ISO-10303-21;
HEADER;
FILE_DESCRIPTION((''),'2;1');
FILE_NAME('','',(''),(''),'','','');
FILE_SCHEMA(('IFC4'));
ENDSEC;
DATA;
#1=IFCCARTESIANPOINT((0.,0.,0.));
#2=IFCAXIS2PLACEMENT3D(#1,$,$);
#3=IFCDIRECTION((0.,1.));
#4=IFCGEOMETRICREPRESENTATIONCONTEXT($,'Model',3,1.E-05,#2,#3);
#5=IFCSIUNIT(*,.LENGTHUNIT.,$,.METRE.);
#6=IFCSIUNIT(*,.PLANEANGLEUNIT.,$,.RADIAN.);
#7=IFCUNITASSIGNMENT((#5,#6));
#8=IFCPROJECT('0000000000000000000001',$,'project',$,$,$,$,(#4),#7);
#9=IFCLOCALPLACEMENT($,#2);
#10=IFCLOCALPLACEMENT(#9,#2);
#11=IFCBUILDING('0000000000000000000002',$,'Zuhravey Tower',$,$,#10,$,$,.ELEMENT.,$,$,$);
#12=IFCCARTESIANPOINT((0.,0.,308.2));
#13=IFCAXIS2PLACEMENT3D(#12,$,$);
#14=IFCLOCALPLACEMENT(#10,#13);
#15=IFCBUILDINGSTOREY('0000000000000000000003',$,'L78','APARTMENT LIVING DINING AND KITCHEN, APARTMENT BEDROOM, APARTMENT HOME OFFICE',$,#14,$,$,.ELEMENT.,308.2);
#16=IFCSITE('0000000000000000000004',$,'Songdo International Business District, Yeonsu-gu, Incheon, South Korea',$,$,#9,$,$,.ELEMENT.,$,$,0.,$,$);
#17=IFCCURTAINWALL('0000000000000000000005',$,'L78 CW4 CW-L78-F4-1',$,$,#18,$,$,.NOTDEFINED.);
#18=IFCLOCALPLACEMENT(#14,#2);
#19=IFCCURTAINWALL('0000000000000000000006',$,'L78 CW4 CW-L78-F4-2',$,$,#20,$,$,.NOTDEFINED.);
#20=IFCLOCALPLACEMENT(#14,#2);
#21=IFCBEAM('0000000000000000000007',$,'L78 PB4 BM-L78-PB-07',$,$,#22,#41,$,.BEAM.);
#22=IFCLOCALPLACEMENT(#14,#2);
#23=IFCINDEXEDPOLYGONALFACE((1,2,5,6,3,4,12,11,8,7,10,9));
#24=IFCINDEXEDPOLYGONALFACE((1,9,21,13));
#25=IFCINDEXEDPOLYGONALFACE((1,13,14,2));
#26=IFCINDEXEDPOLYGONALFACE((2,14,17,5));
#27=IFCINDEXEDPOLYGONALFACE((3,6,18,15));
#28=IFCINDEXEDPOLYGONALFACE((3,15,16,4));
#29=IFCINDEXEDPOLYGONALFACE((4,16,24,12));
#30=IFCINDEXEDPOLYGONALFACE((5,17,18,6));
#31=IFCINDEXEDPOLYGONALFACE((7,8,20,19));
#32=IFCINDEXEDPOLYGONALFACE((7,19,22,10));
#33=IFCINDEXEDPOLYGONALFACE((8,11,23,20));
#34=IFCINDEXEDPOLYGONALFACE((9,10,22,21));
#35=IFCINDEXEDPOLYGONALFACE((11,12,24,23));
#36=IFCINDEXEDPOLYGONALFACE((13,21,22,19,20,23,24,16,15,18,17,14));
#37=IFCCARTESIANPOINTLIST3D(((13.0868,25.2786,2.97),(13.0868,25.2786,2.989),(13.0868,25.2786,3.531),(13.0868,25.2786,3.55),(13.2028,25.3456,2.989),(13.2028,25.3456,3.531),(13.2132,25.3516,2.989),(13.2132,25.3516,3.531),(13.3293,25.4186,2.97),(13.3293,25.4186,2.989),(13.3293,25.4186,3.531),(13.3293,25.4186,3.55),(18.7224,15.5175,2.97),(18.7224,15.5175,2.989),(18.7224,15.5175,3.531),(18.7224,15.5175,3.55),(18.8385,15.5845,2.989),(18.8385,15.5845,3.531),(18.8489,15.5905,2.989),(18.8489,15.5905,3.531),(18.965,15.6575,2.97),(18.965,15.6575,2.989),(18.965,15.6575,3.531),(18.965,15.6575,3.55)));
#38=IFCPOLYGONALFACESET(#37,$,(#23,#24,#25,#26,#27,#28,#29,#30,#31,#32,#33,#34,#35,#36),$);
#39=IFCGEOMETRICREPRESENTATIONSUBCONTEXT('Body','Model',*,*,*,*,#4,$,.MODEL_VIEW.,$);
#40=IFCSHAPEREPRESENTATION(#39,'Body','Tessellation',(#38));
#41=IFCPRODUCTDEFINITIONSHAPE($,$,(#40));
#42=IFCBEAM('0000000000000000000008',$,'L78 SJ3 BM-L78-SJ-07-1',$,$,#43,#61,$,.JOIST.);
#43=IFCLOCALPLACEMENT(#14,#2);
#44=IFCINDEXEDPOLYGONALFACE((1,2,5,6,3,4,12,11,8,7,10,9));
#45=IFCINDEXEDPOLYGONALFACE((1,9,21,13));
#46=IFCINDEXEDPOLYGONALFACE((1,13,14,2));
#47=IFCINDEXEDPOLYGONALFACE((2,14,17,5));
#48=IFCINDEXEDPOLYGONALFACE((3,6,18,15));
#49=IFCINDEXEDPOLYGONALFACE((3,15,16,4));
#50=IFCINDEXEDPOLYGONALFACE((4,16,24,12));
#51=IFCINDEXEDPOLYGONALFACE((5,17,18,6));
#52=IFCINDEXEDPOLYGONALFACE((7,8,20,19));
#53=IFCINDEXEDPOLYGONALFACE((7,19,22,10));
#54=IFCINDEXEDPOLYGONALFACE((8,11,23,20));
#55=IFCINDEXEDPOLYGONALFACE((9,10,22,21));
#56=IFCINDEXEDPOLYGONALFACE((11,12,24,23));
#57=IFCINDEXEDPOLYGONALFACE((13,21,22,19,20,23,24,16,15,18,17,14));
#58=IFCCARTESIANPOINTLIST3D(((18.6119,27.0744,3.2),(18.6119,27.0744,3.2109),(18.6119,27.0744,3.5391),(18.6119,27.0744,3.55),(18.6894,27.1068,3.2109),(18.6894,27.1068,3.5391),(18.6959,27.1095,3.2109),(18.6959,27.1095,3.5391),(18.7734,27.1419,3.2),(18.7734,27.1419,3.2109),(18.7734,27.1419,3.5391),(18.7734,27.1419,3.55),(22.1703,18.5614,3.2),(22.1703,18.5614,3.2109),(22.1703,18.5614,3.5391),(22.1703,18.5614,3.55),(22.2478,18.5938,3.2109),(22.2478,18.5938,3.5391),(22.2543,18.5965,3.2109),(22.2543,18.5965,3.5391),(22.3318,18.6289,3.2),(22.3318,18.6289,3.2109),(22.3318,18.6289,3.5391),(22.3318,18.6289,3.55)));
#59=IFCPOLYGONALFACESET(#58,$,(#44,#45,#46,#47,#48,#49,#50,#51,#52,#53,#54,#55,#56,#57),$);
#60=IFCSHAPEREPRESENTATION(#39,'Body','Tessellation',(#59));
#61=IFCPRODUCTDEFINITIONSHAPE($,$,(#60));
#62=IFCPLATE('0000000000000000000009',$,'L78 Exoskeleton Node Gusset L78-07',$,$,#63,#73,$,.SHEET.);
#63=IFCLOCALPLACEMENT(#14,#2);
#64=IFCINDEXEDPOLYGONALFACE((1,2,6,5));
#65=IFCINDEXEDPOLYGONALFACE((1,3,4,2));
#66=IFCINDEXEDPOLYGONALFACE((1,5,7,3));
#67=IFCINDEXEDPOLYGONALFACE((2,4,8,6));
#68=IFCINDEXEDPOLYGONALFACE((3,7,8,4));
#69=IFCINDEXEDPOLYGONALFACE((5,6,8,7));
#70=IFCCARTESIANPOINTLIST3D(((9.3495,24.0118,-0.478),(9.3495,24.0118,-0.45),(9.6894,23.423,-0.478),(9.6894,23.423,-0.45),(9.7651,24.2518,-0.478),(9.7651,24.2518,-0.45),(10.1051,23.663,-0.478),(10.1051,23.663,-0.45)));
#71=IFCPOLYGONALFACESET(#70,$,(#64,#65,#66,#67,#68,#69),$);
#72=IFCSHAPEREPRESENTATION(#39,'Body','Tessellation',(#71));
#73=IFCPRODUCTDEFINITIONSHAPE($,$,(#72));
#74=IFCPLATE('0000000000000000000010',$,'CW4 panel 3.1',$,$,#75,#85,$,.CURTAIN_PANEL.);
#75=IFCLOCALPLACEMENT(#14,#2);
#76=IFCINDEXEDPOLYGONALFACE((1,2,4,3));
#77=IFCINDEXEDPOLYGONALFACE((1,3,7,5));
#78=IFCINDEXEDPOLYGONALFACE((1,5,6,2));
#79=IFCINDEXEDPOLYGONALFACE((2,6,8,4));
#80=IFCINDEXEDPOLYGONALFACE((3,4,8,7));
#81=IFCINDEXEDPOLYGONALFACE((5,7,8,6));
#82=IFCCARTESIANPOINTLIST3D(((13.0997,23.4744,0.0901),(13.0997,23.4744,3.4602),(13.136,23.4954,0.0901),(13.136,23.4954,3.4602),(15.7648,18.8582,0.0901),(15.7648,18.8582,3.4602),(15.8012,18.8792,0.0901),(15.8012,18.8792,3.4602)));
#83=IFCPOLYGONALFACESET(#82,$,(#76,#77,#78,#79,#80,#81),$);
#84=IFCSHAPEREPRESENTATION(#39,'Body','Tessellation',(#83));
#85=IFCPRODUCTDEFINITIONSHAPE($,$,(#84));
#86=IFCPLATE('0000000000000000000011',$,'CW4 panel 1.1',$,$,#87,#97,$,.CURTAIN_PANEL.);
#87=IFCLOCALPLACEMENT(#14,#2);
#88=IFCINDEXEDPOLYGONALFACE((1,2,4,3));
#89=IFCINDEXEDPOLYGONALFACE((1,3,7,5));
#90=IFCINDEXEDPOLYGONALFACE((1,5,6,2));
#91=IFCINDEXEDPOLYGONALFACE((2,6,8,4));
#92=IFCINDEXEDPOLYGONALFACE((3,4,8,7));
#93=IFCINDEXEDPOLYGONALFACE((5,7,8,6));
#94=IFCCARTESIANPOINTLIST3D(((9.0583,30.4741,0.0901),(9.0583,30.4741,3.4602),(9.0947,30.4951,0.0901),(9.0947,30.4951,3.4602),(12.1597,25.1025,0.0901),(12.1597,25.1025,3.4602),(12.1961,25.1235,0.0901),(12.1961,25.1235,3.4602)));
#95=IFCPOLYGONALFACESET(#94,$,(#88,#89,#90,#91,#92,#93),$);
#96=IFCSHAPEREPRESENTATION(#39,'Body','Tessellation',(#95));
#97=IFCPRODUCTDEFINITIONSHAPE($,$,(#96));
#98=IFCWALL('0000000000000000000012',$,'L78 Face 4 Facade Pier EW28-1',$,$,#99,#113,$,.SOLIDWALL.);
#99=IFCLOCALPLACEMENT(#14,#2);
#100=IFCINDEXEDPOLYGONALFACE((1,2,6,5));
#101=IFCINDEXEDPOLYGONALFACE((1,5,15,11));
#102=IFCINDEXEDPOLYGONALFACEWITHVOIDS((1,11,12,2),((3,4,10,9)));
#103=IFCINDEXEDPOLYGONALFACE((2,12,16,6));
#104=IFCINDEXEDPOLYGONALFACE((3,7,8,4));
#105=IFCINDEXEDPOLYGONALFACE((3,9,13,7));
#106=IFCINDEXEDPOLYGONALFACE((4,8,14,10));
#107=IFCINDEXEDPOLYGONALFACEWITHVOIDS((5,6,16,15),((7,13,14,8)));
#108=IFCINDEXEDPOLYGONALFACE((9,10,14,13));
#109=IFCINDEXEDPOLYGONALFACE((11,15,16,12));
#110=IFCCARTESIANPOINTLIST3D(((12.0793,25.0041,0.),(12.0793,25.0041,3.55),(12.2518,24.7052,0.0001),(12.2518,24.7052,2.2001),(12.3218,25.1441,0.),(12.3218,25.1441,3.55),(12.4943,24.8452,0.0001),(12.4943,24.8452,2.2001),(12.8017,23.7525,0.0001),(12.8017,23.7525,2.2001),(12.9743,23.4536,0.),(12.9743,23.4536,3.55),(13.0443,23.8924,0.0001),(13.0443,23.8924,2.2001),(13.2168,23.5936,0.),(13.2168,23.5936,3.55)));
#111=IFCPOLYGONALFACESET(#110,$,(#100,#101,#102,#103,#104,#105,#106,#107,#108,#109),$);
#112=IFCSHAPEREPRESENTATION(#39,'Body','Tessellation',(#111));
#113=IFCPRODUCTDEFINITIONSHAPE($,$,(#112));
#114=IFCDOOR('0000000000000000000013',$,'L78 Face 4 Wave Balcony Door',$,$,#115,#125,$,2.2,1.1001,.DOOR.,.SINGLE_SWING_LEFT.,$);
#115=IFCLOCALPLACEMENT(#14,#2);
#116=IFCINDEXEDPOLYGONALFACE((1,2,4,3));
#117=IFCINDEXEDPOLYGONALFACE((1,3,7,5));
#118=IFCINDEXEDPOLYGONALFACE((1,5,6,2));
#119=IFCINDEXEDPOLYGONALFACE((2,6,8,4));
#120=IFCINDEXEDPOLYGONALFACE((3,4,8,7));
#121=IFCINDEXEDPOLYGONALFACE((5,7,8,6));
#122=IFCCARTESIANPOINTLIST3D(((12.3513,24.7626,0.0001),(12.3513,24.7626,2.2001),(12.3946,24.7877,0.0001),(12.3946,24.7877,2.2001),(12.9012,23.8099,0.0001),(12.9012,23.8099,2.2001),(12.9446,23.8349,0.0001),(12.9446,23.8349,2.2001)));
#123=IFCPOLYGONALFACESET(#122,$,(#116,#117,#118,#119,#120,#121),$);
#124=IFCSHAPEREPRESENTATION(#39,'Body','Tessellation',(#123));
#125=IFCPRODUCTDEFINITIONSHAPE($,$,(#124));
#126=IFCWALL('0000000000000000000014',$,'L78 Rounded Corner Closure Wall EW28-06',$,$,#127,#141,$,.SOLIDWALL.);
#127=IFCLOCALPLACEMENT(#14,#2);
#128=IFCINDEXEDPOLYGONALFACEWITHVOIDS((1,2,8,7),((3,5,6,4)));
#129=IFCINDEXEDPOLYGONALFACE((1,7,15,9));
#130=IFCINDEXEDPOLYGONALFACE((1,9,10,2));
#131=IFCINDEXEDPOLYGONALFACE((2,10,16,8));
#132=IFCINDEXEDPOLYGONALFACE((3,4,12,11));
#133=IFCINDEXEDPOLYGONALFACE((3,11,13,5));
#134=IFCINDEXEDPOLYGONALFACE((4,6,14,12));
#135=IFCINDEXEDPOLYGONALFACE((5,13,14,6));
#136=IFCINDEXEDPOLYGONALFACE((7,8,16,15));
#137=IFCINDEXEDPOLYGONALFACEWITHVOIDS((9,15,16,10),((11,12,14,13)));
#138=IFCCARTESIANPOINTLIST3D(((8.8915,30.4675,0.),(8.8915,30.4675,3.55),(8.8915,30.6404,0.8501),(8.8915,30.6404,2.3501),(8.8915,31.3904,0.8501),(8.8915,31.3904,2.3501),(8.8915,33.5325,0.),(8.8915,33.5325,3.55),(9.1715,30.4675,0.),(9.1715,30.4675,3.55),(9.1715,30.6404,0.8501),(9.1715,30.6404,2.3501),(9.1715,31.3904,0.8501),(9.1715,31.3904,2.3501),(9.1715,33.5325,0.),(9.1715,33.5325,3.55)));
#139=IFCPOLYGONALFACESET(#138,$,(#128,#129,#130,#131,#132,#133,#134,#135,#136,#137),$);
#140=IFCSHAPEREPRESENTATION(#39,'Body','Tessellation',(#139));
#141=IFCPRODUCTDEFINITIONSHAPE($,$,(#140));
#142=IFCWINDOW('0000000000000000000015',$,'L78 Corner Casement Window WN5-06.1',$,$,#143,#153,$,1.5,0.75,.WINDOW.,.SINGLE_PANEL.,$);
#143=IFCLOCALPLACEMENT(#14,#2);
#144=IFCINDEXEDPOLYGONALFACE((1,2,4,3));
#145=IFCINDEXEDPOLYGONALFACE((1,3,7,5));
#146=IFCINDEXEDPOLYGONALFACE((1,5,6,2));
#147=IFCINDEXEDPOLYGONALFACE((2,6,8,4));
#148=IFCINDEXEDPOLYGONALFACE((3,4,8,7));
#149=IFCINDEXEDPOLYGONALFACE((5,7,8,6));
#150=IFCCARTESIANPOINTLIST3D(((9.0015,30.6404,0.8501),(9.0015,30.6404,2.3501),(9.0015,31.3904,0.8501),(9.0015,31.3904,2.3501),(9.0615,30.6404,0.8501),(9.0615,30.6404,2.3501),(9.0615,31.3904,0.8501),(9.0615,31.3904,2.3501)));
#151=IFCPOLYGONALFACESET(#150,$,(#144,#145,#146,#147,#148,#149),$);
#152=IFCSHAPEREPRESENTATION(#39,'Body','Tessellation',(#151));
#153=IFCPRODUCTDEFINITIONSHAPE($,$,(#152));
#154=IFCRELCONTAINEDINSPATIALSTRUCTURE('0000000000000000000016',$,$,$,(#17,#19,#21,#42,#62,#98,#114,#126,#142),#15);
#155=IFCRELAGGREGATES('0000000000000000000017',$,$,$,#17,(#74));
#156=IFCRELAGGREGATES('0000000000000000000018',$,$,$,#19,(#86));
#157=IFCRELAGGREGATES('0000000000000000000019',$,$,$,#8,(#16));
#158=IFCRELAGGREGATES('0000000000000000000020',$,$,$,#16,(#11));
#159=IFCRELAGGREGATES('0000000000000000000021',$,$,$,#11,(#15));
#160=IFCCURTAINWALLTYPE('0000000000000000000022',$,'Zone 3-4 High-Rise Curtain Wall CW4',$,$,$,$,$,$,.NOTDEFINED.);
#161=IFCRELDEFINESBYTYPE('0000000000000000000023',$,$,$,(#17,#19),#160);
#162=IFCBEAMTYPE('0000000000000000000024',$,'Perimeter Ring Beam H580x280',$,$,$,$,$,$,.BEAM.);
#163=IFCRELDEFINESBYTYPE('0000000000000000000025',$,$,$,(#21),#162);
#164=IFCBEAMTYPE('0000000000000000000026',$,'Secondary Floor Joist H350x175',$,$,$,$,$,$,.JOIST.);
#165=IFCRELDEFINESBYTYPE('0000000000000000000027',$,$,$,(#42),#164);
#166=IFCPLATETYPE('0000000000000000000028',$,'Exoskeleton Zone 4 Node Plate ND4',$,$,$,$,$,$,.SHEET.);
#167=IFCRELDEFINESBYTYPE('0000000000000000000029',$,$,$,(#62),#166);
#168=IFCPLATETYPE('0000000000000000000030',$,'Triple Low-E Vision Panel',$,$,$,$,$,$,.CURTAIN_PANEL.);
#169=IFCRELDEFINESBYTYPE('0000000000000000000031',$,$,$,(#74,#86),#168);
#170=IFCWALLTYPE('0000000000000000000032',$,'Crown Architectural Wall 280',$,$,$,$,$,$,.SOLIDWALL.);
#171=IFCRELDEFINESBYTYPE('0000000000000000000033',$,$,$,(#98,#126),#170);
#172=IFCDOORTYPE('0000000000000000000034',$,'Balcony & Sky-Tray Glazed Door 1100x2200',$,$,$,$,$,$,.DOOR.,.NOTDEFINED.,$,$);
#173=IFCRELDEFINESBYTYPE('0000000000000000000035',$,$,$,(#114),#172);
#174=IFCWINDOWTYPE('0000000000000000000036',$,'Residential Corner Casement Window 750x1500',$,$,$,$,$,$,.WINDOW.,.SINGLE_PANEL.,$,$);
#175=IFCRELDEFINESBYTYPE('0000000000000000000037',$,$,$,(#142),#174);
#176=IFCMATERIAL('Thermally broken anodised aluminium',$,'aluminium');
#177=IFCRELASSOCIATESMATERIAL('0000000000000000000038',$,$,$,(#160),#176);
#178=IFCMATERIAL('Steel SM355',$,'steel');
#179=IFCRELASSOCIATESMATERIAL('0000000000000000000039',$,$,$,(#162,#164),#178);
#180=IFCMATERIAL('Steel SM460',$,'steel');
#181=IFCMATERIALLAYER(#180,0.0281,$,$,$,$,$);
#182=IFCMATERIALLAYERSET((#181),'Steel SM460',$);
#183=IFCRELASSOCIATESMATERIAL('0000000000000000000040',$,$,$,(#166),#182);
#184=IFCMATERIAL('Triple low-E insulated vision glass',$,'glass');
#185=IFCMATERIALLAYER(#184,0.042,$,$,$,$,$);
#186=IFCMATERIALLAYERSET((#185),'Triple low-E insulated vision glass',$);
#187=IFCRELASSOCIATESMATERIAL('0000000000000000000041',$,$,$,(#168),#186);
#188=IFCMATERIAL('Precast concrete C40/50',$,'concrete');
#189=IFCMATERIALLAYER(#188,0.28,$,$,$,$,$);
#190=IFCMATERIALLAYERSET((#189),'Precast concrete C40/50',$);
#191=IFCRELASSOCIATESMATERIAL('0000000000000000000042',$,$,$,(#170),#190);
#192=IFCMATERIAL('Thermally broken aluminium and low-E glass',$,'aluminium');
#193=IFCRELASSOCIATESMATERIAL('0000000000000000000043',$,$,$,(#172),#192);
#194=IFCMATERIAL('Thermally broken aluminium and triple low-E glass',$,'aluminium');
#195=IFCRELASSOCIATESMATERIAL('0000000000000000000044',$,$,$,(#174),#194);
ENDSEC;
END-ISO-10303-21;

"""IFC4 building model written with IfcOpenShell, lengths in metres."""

from ifc_helpers import new_model, si_unit, direction, frame, frame_2d, origin, origin_2d, place, context, subcontext, project, spatial, rectangle, i_section, extrude, material, layer, layer_set, material_profile, profile_set, type_object, element, fill, aggregate, save


model = new_model("IFC4")

# Units and contexts
model_context = context("Model", 3, precision=1e-05, world=origin(), true_north=direction((0.0, 1.0)))
body_context = subcontext(model_context, "Body", "Model", "MODEL_VIEW")
ifc_project = project(units=[si_unit("LENGTHUNIT", "METRE"), si_unit("PLANEANGLEUNIT", "RADIAN")], contexts=[model_context])

# Site, building, storey
site_placement = place(None, origin())
site = spatial("IfcSite", under=ifc_project, at=site_placement, Name="Songdo International Business District, Yeonsu-gu, Incheon, South Korea", CompositionType="ELEMENT", RefElevation=0.0)
building_placement = place(site_placement, origin())
building = spatial("IfcBuilding", under=site, at=building_placement, Name="Zuhravey Tower", CompositionType="ELEMENT")
storey_placement = place(building_placement, frame((0.0, 0.0, 308.2)))
storey = spatial("IfcBuildingStorey", under=building, at=storey_placement, Name="L78", Description="APARTMENT LIVING DINING AND KITCHEN, APARTMENT BEDROOM, APARTMENT HOME OFFICE", CompositionType="ELEMENT", Elevation=308.2)

# Curtain wall
ifc_material_1 = material(Name="Thermally broken anodised aluminium", Category="aluminium")
curtain_wall_type = type_object("IfcCurtainWallType", Name="Zone 3-4 High-Rise Curtain Wall CW4", PredefinedType="NOTDEFINED", material=ifc_material_1)
curtain_wall_1_placement = place(storey_placement, origin())
curtain_wall_1 = element("IfcCurtainWall", 1, at=curtain_wall_1_placement, inside=storey, type_object=curtain_wall_type, Name="L78 CW4 CW-L78-F4-1", PredefinedType="NOTDEFINED")

# Curtain wall
curtain_wall_2_placement = place(storey_placement, origin())
curtain_wall_2 = element("IfcCurtainWall", 2, at=curtain_wall_2_placement, inside=storey, type_object=curtain_wall_type, Name="L78 CW4 CW-L78-F4-2", PredefinedType="NOTDEFINED")

# Shared definitions
ifc_material_2 = material(Name="Steel SM355", Category="steel")

# Beams
ifc_material_profile_1 = material_profile(ifc_material_2, i_section(OverallWidth=0.28, OverallDepth=0.5801, WebThickness=0.012, FlangeThickness=0.019, at=origin_2d()), Name="H-580x280x12x19")
ifc_profile_set_1 = profile_set([ifc_material_profile_1], Name="Steel SM355")
beam_type_1 = type_object("IfcBeamType", Name="Perimeter Ring Beam H580x280", PredefinedType="BEAM", material=ifc_profile_set_1)
beam_1_placement = place(storey_placement, frame((13.208, 25.3486, 3.26), z_axis=(0.500006, -0.866022, 0.0), x_axis=(0.866022, 0.500006, 0.0)))
element("IfcBeam", 3, at=beam_1_placement, inside=storey, type_object=beam_type_1, Name="L78 PB4 BM-L78-PB-07", PredefinedType="BEAM", context=body_context, shape_type="SweptSolid", body=[
    extrude(i_section(OverallWidth=0.28, OverallDepth=0.5801, WebThickness=0.012, FlangeThickness=0.019, at=origin_2d()), origin(), (0.0, 0.0, 1.0), 11.2712),
])
ifc_material_profile_2 = material_profile(ifc_material_2, i_section(OverallWidth=0.175, OverallDepth=0.3501, WebThickness=0.0071, FlangeThickness=0.011, at=origin_2d()), Name="H-350x175x7x11")
ifc_profile_set_2 = profile_set([ifc_material_profile_2], Name="Steel SM355")
beam_type_2 = type_object("IfcBeamType", Name="Secondary Floor Joist H350x175", PredefinedType="JOIST", material=ifc_profile_set_2)
beam_2_placement = place(storey_placement, frame((18.6926, 27.1082, 3.375), z_axis=(0.385658, -0.922642, 0.0), x_axis=(0.922642, 0.385658, 0.0)))
element("IfcBeam", 4, at=beam_2_placement, inside=storey, type_object=beam_type_2, Name="L78 SJ3 BM-L78-SJ-07-1", PredefinedType="JOIST", context=body_context, shape_type="SweptSolid", body=[
    extrude(i_section(OverallWidth=0.175, OverallDepth=0.3501, WebThickness=0.0071, FlangeThickness=0.011, at=origin_2d()), origin(), (0.0, 0.0, 1.0), 9.2268),
])

# Plates
ifc_material_3 = material(Name="Steel SM460", Category="steel")
ifc_layer_1 = layer(ifc_material_3, 0.0281)
ifc_layer_set_1 = layer_set([ifc_layer_1], Name="Steel SM460")
plate_type_1 = type_object("IfcPlateType", Name="Exoskeleton Zone 4 Node Plate ND4", PredefinedType="SHEET", material=ifc_layer_set_1)
plate_1_placement = place(storey_placement, frame((9.7273, 23.8374, -0.478), z_axis=(0.0, 0.0, 1.0), x_axis=(0.5, -0.866025, 0.0)))
element("IfcPlate", 5, at=plate_1_placement, inside=storey, type_object=plate_type_1, Name="L78 Exoskeleton Node Gusset L78-07", PredefinedType="SHEET", context=body_context, shape_type="SweptSolid", body=[
    extrude(rectangle(XDim=0.6799, YDim=0.48, at=origin_2d()), origin(), (0.0, 0.0, 1.0), 0.0281),
])
ifc_material_4 = material(Name="Triple low-E insulated vision glass", Category="glass")
ifc_layer_2 = layer(ifc_material_4, 0.042)
ifc_layer_set_2 = layer_set([ifc_layer_2], Name="Triple low-E insulated vision glass")
plate_type_2 = type_object("IfcPlateType", Name="Triple Low-E Vision Panel", PredefinedType="CURTAIN_PANEL", material=ifc_layer_set_2)
plate_2_placement = place(storey_placement, frame((14.4504, 21.1768, 0.0901), z_axis=(0.0, 0.0, 1.0), x_axis=(-0.499999, 0.866026, 0.0)))
plate_2 = element("IfcPlate", 6, at=plate_2_placement, type_object=plate_type_2, Name="CW4 panel 3.1", PredefinedType="CURTAIN_PANEL", context=body_context, shape_type="SweptSolid", body=[
    extrude(rectangle(XDim=5.3303, YDim=0.042, at=origin_2d()), origin(), (0.0, 0.0, 1.0), 3.3701),
])
aggregate(curtain_wall_1, [plate_2])
plate_3_placement = place(storey_placement, frame((10.6272, 27.7988, 0.0901), z_axis=(0.0, 0.0, 1.0), x_axis=(-0.500006, 0.866022, 0.0)))
plate_3 = element("IfcPlate", 7, at=plate_3_placement, type_object=plate_type_2, Name="CW4 panel 1.1", PredefinedType="CURTAIN_PANEL", context=body_context, shape_type="SweptSolid", body=[
    extrude(rectangle(XDim=6.2026, YDim=0.042, at=origin_2d()), origin(), (0.0, 0.0, 1.0), 3.3701),
])
aggregate(curtain_wall_2, [plate_3])

# Wall, opening, door
ifc_material_5 = material(Name="Precast concrete C40/50", Category="concrete")
ifc_layer_3 = layer(ifc_material_5, 0.28)
ifc_layer_set_3 = layer_set([ifc_layer_3], Name="Precast concrete C40/50")
wall_type_1 = type_object("IfcWallType", Name="Crown Architectural Wall 280", PredefinedType="SOLIDWALL", material=ifc_layer_set_3)
wall_1_placement = place(storey_placement, frame((13.0955, 23.5237, 0.0), z_axis=(0.0, 0.0, 1.0), x_axis=(-0.499923, 0.86607, 0.0)))
wall_1 = element("IfcWall", 8, at=wall_1_placement, inside=storey, type_object=wall_type_1, Name="L78 Face 4 Facade Pier EW28-1", PredefinedType="SOLIDWALL", context=body_context, shape_type="SweptSolid", body=[
    extrude(rectangle(XDim=1.7903, YDim=0.28, at=frame_2d((0.895, 0.0))), origin(), (0.0, 0.0, 1.0), 3.55),
])
opening_1_placement = place(wall_1_placement, frame((0.345, 0.0, 0.0)))
opening_1 = element("IfcOpeningElement", 9, at=opening_1_placement, cuts=wall_1, PredefinedType="OPENING", context=body_context, shape_type="SweptSolid", body=[
    extrude(rectangle(XDim=1.1001, YDim=2.2, at=frame_2d((0.55, 1.1001))), frame((0.0, 0.1521, 0.0), z_axis=(0.0, -1.0, 0.0), x_axis=(1.0, 0.0, 0.0)), (0.0, 0.0, 1.0), 0.304),
])
ifc_material_6 = material(Name="Thermally broken aluminium and low-E glass", Category="aluminium")
door_type_1 = type_object("IfcDoorType", Name="Balcony & Sky-Tray Glazed Door 1100x2200", OperationType="NOTDEFINED", PredefinedType="DOOR", material=ifc_material_6)
door_1_placement = place(opening_1_placement, frame((1.1001, 0.0, 0.0), z_axis=(0.0, 0.0, 1.0), x_axis=(-1.0, 0.0, 0.0)))
door_1 = element("IfcDoor", 10, at=door_1_placement, inside=storey, type_object=door_type_1, Name="L78 Face 4 Wave Balcony Door", OperationType="SINGLE_SWING_LEFT", OverallHeight=2.2, OverallWidth=1.1001, PredefinedType="DOOR", context=body_context, shape_type="SweptSolid", body=[
    extrude(rectangle(XDim=1.1001, YDim=2.2, at=frame_2d((0.55, 1.1001))), frame((0.0, 0.0249, 0.0), z_axis=(0.0, -1.0, 0.0), x_axis=(1.0, 0.0, 0.0)), (0.0, 0.0, 1.0), 0.05),
])
fill(opening_1, door_1)

# Wall, opening, window
wall_2_placement = place(storey_placement, frame((9.0315, 30.4675, 0.0), z_axis=(0.0, 0.0, 1.0), x_axis=(0.0, 1.0, 0.0)))
wall_2 = element("IfcWall", 11, at=wall_2_placement, inside=storey, type_object=wall_type_1, Name="L78 Rounded Corner Closure Wall EW28-06", PredefinedType="SOLIDWALL", context=body_context, shape_type="SweptSolid", body=[
    extrude(rectangle(XDim=3.0649, YDim=0.28, at=frame_2d((1.5325, 0.0))), origin(), (0.0, 0.0, 1.0), 3.55),
])
opening_2_placement = place(wall_2_placement, frame((0.1729, 0.0, 0.8501)))
opening_2 = element("IfcOpeningElement", 12, at=opening_2_placement, cuts=wall_2, PredefinedType="OPENING", context=body_context, shape_type="SweptSolid", body=[
    extrude(rectangle(XDim=0.75, YDim=1.5, at=frame_2d((0.375, 0.75))), frame((0.0, 0.1521, 0.0), z_axis=(0.0, -1.0, 0.0), x_axis=(1.0, 0.0, 0.0)), (0.0, 0.0, 1.0), 0.304),
])
ifc_material_7 = material(Name="Thermally broken aluminium and triple low-E glass", Category="aluminium")
window_type = type_object("IfcWindowType", Name="Residential Corner Casement Window 750x1500", PartitioningType="SINGLE_PANEL", PredefinedType="WINDOW", material=ifc_material_7)
window_placement = place(opening_2_placement, origin())
window = element("IfcWindow", 13, at=window_placement, inside=storey, type_object=window_type, Name="L78 Corner Casement Window WN5-06.1", OverallHeight=1.5, OverallWidth=0.75, PartitioningType="SINGLE_PANEL", PredefinedType="WINDOW", context=body_context, shape_type="SweptSolid", body=[
    extrude(rectangle(XDim=0.75, YDim=1.5, at=frame_2d((0.375, 0.75))), frame((0.0, 0.03, 0.0), z_axis=(0.0, -1.0, 0.0), x_axis=(1.0, 0.0, 0.0)), (0.0, 0.0, 1.0), 0.0601),
])
fill(opening_2, window)

save(model, "model.ifc")
